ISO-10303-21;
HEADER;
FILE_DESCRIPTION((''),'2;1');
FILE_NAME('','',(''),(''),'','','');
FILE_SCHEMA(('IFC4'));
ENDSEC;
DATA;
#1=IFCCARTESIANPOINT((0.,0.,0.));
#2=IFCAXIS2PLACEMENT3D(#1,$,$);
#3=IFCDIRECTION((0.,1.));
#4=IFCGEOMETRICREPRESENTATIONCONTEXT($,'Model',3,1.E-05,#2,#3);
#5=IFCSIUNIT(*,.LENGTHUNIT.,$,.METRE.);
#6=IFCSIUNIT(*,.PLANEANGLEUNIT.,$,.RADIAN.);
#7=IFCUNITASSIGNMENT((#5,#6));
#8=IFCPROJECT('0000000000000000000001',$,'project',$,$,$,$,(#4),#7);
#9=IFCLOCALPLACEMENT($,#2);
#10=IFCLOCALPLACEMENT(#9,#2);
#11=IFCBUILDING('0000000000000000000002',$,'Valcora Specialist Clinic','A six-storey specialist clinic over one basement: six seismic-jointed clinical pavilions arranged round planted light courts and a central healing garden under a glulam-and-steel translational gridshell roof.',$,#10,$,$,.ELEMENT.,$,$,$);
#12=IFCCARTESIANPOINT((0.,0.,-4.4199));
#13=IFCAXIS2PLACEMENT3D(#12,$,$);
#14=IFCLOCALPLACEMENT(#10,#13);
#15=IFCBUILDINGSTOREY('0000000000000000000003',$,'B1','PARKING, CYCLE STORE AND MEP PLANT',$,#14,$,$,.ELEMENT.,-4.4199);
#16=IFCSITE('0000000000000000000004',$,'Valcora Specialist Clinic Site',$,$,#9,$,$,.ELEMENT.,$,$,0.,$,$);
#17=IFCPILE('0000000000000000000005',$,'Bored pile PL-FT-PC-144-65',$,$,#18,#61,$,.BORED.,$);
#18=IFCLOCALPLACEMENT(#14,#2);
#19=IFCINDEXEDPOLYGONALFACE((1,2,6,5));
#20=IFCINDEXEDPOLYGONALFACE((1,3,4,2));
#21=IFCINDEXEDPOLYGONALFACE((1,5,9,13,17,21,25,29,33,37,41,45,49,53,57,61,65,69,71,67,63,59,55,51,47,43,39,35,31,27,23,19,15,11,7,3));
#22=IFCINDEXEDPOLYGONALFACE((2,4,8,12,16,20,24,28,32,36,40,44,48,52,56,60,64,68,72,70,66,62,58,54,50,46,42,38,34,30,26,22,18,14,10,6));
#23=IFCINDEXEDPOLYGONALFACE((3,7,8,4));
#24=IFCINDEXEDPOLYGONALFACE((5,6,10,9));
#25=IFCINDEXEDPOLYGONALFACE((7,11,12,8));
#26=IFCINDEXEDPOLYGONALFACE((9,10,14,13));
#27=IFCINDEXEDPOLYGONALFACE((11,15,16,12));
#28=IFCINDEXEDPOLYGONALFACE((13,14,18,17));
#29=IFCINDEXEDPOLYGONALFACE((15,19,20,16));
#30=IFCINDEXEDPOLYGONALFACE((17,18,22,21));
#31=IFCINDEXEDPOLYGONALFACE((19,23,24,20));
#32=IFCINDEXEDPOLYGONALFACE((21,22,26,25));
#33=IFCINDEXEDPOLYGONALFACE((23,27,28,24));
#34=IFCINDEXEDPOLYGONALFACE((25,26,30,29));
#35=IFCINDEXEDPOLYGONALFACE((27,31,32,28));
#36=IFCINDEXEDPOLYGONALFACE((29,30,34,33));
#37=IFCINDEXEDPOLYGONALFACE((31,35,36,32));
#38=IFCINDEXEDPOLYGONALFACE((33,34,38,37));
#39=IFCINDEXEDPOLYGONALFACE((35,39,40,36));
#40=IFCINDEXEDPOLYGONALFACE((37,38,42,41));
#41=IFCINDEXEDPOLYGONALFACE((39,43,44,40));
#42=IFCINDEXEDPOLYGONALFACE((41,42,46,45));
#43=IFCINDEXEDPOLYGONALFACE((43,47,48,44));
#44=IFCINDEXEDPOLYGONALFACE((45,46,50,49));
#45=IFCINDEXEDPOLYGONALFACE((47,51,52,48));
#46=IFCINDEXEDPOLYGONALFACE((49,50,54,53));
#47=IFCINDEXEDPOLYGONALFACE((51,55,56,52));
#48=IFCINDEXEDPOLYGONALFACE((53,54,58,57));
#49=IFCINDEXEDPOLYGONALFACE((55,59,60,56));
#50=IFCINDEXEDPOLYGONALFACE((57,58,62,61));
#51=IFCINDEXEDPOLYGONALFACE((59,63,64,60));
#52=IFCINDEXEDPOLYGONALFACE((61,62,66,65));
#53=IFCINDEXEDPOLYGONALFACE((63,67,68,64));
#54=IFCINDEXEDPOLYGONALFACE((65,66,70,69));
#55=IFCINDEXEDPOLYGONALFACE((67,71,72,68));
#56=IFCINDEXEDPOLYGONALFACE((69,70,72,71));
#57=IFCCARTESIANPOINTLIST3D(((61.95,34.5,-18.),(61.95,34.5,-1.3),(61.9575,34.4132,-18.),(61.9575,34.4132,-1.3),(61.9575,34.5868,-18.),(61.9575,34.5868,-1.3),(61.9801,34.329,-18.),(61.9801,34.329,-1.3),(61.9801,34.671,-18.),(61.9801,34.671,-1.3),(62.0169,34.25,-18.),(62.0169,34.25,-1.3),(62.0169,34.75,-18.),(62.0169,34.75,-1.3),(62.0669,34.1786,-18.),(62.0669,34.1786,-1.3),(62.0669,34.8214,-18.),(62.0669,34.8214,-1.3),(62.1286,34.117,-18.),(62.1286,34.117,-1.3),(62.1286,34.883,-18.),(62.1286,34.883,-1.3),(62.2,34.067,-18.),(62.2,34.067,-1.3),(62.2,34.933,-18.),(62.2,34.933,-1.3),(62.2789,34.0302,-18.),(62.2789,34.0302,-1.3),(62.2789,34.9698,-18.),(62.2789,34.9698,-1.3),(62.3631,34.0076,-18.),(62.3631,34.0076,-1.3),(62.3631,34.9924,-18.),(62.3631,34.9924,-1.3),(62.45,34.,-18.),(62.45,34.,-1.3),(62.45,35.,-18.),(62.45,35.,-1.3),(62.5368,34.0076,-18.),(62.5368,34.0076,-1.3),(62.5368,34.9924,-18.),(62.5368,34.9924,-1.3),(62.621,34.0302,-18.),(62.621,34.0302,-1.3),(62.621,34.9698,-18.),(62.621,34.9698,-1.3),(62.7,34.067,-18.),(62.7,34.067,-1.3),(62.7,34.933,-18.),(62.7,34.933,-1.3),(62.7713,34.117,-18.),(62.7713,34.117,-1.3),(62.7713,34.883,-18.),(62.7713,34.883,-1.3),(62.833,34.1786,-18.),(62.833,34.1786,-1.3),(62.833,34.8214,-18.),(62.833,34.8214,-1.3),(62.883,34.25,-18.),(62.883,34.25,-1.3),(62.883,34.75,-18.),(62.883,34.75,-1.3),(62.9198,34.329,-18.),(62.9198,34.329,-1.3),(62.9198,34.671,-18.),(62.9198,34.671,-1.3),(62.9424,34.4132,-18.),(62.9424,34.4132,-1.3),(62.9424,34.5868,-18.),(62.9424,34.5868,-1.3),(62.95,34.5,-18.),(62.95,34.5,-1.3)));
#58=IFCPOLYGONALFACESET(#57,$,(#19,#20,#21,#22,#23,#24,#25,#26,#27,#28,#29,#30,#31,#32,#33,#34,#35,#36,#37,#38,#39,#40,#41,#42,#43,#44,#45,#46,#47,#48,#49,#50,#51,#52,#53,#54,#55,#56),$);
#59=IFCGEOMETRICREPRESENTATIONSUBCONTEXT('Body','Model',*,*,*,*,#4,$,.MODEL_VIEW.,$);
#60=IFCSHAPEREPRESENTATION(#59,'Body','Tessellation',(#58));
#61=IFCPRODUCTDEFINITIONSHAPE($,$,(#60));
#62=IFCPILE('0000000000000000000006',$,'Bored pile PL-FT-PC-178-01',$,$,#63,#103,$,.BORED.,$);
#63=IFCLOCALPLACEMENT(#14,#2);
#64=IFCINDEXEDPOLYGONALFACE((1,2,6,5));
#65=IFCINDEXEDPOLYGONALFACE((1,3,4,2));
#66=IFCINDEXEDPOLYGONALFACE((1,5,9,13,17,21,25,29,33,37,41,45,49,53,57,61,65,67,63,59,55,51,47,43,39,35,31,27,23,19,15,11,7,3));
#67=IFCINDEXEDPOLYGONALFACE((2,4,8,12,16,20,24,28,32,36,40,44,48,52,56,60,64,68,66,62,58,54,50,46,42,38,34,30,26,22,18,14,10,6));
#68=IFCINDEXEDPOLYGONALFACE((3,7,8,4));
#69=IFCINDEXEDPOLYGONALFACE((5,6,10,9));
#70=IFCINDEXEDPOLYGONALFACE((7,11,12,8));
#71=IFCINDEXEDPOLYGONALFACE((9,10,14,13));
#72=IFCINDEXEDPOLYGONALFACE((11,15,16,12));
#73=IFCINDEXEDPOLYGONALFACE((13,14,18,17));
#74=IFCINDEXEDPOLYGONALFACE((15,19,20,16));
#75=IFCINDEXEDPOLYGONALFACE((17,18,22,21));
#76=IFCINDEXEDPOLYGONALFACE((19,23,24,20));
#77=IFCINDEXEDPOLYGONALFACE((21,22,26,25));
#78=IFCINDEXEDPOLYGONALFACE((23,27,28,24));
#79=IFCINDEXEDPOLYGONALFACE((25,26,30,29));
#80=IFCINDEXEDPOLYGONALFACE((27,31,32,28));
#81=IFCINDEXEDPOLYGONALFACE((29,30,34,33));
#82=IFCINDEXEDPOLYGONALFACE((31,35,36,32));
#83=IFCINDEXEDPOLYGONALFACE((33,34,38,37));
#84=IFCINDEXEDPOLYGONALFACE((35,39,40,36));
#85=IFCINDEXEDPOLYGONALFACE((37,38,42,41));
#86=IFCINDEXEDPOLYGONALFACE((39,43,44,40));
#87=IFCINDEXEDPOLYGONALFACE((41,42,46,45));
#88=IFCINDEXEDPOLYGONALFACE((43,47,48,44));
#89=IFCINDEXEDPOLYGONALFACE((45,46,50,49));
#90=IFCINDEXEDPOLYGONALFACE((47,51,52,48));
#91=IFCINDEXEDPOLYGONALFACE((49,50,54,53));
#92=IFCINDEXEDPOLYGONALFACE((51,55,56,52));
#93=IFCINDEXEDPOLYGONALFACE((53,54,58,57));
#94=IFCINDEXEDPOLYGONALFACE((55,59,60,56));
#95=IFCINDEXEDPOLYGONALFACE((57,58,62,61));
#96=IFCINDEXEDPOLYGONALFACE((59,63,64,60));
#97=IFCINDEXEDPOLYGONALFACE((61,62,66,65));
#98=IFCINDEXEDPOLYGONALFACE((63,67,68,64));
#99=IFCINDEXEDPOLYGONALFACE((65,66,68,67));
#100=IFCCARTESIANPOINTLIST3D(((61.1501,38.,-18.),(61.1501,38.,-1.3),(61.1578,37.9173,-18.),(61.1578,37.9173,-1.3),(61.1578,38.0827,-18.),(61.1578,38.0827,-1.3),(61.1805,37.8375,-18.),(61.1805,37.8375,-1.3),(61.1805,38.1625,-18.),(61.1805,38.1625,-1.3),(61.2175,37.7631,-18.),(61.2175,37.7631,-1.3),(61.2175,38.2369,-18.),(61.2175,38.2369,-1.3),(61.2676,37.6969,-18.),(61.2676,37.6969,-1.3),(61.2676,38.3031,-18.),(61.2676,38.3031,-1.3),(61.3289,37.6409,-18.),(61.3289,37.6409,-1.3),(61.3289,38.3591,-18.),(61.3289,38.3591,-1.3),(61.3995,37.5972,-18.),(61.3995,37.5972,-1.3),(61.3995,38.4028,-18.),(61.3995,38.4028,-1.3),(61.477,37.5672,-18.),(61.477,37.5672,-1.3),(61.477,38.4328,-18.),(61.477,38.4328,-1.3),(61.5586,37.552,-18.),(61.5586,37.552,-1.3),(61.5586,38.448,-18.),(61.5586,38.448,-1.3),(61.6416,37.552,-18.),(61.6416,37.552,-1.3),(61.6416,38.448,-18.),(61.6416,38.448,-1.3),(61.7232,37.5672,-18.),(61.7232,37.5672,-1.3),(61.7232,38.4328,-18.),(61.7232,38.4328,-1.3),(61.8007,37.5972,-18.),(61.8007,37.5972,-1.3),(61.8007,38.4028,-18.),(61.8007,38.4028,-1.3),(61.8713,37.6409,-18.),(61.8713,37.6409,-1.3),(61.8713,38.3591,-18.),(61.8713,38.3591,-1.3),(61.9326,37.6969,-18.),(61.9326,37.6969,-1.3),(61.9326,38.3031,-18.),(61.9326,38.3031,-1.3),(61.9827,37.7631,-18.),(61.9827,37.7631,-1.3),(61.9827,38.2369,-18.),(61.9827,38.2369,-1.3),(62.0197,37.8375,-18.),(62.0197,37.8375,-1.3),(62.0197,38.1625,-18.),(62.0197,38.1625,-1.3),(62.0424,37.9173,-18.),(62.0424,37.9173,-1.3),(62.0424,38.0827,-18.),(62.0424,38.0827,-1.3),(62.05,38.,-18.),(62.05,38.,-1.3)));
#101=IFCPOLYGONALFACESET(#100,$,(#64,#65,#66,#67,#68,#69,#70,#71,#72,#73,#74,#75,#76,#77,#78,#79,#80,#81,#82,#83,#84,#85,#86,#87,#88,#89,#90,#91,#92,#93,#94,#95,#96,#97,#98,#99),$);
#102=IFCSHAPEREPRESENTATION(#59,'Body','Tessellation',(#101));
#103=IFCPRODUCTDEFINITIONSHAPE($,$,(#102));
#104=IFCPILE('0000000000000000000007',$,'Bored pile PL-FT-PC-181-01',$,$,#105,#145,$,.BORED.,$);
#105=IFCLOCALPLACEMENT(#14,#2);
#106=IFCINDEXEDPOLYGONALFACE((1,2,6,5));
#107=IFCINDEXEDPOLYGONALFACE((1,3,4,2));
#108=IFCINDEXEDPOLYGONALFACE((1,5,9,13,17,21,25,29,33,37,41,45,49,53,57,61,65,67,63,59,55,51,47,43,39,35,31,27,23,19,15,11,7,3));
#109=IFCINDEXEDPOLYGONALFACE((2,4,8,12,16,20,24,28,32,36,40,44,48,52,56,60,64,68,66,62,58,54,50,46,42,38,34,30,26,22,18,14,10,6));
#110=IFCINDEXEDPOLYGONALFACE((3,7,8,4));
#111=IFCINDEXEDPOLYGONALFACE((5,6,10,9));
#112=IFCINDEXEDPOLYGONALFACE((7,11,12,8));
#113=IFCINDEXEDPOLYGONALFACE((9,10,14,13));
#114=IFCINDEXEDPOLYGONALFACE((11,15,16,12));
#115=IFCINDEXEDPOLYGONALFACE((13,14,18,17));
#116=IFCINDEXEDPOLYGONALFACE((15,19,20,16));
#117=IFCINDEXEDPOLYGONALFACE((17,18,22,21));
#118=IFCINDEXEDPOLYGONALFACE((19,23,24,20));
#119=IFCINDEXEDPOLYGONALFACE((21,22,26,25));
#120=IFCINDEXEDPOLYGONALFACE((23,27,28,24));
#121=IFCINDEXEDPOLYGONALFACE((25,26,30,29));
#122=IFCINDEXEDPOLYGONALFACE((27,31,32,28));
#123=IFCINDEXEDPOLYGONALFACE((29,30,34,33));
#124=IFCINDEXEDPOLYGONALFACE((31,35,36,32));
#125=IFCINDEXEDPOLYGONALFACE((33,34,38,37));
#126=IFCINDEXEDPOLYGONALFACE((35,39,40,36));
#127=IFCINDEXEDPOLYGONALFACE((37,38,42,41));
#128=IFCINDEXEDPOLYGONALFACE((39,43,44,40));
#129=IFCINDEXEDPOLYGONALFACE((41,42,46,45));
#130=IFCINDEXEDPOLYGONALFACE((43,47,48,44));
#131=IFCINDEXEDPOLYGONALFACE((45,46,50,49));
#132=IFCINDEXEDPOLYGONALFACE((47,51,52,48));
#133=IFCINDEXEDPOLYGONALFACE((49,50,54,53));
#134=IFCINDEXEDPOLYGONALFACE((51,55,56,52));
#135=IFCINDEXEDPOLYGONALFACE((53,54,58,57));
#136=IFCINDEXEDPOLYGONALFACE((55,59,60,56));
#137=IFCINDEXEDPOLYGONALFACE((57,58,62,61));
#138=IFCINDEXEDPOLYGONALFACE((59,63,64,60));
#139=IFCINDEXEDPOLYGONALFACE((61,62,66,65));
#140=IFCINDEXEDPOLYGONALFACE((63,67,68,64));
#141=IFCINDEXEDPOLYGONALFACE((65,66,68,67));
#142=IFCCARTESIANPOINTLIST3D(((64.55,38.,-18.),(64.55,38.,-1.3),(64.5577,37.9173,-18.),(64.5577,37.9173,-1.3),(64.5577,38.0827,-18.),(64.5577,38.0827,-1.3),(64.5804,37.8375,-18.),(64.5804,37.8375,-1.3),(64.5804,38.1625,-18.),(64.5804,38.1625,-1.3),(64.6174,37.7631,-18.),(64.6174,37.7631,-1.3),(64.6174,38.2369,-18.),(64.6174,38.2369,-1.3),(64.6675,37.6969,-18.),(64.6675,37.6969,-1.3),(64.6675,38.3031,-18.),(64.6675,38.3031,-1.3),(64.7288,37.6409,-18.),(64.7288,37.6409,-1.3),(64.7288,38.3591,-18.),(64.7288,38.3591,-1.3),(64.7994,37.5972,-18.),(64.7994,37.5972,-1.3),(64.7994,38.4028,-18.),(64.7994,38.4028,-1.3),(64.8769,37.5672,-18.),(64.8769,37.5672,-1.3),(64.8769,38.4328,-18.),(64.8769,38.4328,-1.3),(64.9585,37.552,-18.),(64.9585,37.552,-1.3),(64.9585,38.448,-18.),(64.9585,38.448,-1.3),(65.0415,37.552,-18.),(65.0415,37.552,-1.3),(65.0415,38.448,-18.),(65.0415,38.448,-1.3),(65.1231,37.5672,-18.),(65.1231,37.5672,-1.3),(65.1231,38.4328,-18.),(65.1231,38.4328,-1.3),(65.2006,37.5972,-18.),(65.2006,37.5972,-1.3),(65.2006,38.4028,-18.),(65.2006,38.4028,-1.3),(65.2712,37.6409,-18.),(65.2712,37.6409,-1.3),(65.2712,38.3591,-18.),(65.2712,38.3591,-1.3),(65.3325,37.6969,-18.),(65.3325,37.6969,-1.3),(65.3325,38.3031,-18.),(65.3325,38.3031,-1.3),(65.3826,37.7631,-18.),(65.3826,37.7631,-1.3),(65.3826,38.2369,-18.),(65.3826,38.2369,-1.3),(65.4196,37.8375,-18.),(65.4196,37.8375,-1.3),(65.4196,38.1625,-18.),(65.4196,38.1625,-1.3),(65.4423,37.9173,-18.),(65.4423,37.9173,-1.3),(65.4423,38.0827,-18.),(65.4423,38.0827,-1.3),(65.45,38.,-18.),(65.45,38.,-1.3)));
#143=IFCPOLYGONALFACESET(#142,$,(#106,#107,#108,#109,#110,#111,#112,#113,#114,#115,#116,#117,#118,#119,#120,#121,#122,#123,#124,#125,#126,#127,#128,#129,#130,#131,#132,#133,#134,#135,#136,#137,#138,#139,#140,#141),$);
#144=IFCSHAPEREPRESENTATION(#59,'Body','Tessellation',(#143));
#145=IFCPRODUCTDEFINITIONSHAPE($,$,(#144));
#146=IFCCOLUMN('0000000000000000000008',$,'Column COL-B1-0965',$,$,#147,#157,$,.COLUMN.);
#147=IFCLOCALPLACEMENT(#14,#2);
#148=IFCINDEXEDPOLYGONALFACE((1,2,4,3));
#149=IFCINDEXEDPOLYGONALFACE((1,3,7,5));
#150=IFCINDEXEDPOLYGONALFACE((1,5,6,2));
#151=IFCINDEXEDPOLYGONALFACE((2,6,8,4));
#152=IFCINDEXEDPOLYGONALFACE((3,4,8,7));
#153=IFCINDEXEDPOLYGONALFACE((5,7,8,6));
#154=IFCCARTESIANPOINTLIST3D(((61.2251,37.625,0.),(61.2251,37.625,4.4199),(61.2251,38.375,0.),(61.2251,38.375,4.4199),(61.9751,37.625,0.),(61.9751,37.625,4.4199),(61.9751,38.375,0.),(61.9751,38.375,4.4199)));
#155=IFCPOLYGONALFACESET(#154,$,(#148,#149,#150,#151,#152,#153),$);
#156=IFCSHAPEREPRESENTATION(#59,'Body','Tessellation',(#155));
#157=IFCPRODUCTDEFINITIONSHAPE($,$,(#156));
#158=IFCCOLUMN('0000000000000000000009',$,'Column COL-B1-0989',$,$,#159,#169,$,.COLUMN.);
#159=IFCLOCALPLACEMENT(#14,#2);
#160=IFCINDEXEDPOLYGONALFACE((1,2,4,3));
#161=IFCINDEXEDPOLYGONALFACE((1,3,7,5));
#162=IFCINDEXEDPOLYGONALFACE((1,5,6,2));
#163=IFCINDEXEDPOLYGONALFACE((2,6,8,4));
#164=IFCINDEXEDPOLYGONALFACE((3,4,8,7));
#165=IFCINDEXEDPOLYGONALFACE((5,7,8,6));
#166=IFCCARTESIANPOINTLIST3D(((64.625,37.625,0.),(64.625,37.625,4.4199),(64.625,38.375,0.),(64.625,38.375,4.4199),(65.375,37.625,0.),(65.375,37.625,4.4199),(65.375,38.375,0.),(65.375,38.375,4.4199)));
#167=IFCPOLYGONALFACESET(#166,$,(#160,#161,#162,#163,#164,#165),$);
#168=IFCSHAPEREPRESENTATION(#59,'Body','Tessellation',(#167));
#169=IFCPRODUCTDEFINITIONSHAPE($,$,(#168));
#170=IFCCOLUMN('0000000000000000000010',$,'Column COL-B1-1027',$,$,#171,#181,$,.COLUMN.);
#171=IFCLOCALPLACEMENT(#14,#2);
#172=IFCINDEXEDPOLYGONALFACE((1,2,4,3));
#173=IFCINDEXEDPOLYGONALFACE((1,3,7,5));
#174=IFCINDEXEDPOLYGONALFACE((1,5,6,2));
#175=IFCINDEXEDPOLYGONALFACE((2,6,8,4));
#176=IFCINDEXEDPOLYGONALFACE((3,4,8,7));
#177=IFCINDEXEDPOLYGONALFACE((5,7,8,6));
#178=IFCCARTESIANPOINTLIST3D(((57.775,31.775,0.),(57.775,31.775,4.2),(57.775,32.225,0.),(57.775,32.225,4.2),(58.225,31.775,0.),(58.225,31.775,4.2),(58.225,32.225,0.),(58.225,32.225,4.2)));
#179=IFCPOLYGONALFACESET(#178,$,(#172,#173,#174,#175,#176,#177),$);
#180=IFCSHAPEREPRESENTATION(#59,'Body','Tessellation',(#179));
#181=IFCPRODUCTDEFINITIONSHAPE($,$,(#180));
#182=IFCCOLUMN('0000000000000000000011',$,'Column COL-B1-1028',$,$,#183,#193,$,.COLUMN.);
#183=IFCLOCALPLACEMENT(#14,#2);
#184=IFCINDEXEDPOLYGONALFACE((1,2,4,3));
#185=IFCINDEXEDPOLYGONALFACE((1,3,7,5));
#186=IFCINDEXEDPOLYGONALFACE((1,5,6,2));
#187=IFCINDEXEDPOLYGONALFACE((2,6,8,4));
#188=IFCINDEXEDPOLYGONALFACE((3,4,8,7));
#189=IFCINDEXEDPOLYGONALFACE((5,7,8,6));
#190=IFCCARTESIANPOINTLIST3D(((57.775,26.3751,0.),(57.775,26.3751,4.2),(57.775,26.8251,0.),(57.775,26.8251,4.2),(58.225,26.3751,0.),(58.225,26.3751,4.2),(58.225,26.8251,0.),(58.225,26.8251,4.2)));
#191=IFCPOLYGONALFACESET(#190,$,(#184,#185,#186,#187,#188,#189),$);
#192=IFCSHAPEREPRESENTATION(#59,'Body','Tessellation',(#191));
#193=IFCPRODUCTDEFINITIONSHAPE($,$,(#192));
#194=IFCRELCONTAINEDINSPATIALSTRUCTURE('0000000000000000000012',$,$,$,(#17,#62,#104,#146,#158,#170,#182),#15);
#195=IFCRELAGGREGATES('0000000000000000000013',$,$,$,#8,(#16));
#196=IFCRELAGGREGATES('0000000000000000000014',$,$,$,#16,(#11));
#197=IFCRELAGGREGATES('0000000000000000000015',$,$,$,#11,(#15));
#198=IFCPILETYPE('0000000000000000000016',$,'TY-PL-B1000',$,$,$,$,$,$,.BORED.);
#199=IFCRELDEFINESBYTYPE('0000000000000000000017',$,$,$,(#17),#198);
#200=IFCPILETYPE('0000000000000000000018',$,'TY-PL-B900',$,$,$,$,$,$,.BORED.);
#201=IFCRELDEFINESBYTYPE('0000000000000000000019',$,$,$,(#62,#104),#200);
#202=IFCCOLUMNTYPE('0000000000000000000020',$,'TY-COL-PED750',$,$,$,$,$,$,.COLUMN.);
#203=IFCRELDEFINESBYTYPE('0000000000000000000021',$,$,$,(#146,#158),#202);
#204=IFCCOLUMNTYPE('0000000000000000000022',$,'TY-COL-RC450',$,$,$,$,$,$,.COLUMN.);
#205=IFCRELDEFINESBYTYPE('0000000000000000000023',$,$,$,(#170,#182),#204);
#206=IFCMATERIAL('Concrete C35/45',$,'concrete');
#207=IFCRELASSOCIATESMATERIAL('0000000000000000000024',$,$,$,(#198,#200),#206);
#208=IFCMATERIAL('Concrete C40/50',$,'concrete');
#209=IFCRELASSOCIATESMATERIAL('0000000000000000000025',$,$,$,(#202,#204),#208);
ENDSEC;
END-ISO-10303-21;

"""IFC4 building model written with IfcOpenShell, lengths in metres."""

from ifc_helpers import new_model, si_unit, direction, frame, origin, origin_2d, place, context, subcontext, project, spatial, rectangle, circle, extrude, material, material_profile, profile_set, type_object, element, save


model = new_model("IFC4")

# Units and contexts
model_context = context("Model", 3, precision=1e-05, world=origin(), true_north=direction((0.0, 1.0)))
body_context = subcontext(model_context, "Body", "Model", "MODEL_VIEW")
ifc_project = project(units=[si_unit("LENGTHUNIT", "METRE"), si_unit("PLANEANGLEUNIT", "RADIAN")], contexts=[model_context])

# Site, building, storey
site_placement = place(None, origin())
site = spatial("IfcSite", under=ifc_project, at=site_placement, Name="Valcora Specialist Clinic Site", CompositionType="ELEMENT", RefElevation=0.0)
building_placement = place(site_placement, origin())
building = spatial("IfcBuilding", under=site, at=building_placement, Name="Valcora Specialist Clinic", Description="A six-storey specialist clinic over one basement: six seismic-jointed clinical pavilions arranged round planted light courts and a central healing garden under a glulam-and-steel translational gridshell roof.", CompositionType="ELEMENT")
storey_placement = place(building_placement, frame((0.0, 0.0, -4.4199)))
storey = spatial("IfcBuildingStorey", under=building, at=storey_placement, Name="B1", Description="PARKING, CYCLE STORE AND MEP PLANT", CompositionType="ELEMENT", Elevation=-4.4199)

# Shared definitions
ifc_material_1 = material(Name="Concrete C35/45", Category="concrete")

# Piles
ifc_material_profile_1 = material_profile(ifc_material_1, circle(Radius=0.5, at=origin_2d()), Name="RC-PIL-D1000")
ifc_profile_set_1 = profile_set([ifc_material_profile_1], Name="Concrete C35/45")
pile_type_1 = type_object("IfcPileType", Name="TY-PL-B1000", PredefinedType="BORED", material=ifc_profile_set_1)
for number, where, z_axis, x_axis, name in (
    (1, (62.45, 34.5, -1.3), (0.0, 0.0, -1.0), (1.0, 0.0, 0.0), "Bored pile PL-FT-PC-144-65"),
):
    element("IfcPile", number, at=place(storey_placement, frame(where, z_axis=z_axis, x_axis=x_axis)), inside=storey, type_object=pile_type_1, Name=name, PredefinedType="BORED", context=body_context, shape_type="SweptSolid", body=[
        extrude(circle(Radius=0.5, at=origin_2d()), origin(), (0.0, 0.0, 1.0), 16.7),
    ])
ifc_material_profile_2 = material_profile(ifc_material_1, circle(Radius=0.45, at=origin_2d()), Name="RC-PIL-D900")
ifc_profile_set_2 = profile_set([ifc_material_profile_2], Name="Concrete C35/45")
pile_type_2 = type_object("IfcPileType", Name="TY-PL-B900", PredefinedType="BORED", material=ifc_profile_set_2)
for number, where, z_axis, x_axis, name in (
    (2, (61.6001, 38.0, -1.3), (0.0, 0.0, -1.0), (1.0, 0.0, 0.0), "Bored pile PL-FT-PC-178-01"),
    (3, (65.0, 38.0, -1.3), (0.0, 0.0, -1.0), (1.0, 0.0, 0.0), "Bored pile PL-FT-PC-181-01"),
):
    element("IfcPile", number, at=place(storey_placement, frame(where, z_axis=z_axis, x_axis=x_axis)), inside=storey, type_object=pile_type_2, Name=name, PredefinedType="BORED", context=body_context, shape_type="SweptSolid", body=[
        extrude(circle(Radius=0.45, at=origin_2d()), origin(), (0.0, 0.0, 1.0), 16.7),
    ])

# Columns
ifc_material_2 = material(Name="Concrete C40/50", Category="concrete")
ifc_material_profile_3 = material_profile(ifc_material_2, rectangle(XDim=0.75, YDim=0.75, at=origin_2d()), Name="RC-PED-750X750")
ifc_profile_set_3 = profile_set([ifc_material_profile_3], Name="Concrete C40/50")
column_type_1 = type_object("IfcColumnType", Name="TY-COL-PED750", PredefinedType="COLUMN", material=ifc_profile_set_3)
for number, where, z_axis, x_axis, name in (
    (4, (61.6001, 38.0, 0.0), (0.0, 0.0, 1.0), (1.0, 0.0, 0.0), "Column COL-B1-0965"),
    (5, (65.0, 38.0, 0.0), (0.0, 0.0, 1.0), (1.0, 0.0, 0.0), "Column COL-B1-0989"),
):
    element("IfcColumn", number, at=place(storey_placement, frame(where, z_axis=z_axis, x_axis=x_axis)), inside=storey, type_object=column_type_1, Name=name, PredefinedType="COLUMN", context=body_context, shape_type="SweptSolid", body=[
        extrude(rectangle(XDim=0.75, YDim=0.75, at=origin_2d()), origin(), (0.0, 0.0, 1.0), 4.4199),
    ])
ifc_material_profile_4 = material_profile(ifc_material_2, rectangle(XDim=0.45, YDim=0.45, at=origin_2d()), Name="RC-COL-450X450")
ifc_profile_set_4 = profile_set([ifc_material_profile_4], Name="Concrete C40/50")
column_type_2 = type_object("IfcColumnType", Name="TY-COL-RC450", PredefinedType="COLUMN", material=ifc_profile_set_4)
for number, where, z_axis, x_axis, name in (
    (6, (58.0, 32.0, 0.0), (0.0, 0.0, 1.0), (1.0, 0.0, 0.0), "Column COL-B1-1027"),
    (7, (58.0, 26.6001, 0.0), (0.0, 0.0, 1.0), (1.0, 0.0, 0.0), "Column COL-B1-1028"),
):
    element("IfcColumn", number, at=place(storey_placement, frame(where, z_axis=z_axis, x_axis=x_axis)), inside=storey, type_object=column_type_2, Name=name, PredefinedType="COLUMN", context=body_context, shape_type="SweptSolid", body=[
        extrude(rectangle(XDim=0.45, YDim=0.45, at=origin_2d()), origin(), (0.0, 0.0, 1.0), 4.2),
    ])

save(model, "model.ifc")
